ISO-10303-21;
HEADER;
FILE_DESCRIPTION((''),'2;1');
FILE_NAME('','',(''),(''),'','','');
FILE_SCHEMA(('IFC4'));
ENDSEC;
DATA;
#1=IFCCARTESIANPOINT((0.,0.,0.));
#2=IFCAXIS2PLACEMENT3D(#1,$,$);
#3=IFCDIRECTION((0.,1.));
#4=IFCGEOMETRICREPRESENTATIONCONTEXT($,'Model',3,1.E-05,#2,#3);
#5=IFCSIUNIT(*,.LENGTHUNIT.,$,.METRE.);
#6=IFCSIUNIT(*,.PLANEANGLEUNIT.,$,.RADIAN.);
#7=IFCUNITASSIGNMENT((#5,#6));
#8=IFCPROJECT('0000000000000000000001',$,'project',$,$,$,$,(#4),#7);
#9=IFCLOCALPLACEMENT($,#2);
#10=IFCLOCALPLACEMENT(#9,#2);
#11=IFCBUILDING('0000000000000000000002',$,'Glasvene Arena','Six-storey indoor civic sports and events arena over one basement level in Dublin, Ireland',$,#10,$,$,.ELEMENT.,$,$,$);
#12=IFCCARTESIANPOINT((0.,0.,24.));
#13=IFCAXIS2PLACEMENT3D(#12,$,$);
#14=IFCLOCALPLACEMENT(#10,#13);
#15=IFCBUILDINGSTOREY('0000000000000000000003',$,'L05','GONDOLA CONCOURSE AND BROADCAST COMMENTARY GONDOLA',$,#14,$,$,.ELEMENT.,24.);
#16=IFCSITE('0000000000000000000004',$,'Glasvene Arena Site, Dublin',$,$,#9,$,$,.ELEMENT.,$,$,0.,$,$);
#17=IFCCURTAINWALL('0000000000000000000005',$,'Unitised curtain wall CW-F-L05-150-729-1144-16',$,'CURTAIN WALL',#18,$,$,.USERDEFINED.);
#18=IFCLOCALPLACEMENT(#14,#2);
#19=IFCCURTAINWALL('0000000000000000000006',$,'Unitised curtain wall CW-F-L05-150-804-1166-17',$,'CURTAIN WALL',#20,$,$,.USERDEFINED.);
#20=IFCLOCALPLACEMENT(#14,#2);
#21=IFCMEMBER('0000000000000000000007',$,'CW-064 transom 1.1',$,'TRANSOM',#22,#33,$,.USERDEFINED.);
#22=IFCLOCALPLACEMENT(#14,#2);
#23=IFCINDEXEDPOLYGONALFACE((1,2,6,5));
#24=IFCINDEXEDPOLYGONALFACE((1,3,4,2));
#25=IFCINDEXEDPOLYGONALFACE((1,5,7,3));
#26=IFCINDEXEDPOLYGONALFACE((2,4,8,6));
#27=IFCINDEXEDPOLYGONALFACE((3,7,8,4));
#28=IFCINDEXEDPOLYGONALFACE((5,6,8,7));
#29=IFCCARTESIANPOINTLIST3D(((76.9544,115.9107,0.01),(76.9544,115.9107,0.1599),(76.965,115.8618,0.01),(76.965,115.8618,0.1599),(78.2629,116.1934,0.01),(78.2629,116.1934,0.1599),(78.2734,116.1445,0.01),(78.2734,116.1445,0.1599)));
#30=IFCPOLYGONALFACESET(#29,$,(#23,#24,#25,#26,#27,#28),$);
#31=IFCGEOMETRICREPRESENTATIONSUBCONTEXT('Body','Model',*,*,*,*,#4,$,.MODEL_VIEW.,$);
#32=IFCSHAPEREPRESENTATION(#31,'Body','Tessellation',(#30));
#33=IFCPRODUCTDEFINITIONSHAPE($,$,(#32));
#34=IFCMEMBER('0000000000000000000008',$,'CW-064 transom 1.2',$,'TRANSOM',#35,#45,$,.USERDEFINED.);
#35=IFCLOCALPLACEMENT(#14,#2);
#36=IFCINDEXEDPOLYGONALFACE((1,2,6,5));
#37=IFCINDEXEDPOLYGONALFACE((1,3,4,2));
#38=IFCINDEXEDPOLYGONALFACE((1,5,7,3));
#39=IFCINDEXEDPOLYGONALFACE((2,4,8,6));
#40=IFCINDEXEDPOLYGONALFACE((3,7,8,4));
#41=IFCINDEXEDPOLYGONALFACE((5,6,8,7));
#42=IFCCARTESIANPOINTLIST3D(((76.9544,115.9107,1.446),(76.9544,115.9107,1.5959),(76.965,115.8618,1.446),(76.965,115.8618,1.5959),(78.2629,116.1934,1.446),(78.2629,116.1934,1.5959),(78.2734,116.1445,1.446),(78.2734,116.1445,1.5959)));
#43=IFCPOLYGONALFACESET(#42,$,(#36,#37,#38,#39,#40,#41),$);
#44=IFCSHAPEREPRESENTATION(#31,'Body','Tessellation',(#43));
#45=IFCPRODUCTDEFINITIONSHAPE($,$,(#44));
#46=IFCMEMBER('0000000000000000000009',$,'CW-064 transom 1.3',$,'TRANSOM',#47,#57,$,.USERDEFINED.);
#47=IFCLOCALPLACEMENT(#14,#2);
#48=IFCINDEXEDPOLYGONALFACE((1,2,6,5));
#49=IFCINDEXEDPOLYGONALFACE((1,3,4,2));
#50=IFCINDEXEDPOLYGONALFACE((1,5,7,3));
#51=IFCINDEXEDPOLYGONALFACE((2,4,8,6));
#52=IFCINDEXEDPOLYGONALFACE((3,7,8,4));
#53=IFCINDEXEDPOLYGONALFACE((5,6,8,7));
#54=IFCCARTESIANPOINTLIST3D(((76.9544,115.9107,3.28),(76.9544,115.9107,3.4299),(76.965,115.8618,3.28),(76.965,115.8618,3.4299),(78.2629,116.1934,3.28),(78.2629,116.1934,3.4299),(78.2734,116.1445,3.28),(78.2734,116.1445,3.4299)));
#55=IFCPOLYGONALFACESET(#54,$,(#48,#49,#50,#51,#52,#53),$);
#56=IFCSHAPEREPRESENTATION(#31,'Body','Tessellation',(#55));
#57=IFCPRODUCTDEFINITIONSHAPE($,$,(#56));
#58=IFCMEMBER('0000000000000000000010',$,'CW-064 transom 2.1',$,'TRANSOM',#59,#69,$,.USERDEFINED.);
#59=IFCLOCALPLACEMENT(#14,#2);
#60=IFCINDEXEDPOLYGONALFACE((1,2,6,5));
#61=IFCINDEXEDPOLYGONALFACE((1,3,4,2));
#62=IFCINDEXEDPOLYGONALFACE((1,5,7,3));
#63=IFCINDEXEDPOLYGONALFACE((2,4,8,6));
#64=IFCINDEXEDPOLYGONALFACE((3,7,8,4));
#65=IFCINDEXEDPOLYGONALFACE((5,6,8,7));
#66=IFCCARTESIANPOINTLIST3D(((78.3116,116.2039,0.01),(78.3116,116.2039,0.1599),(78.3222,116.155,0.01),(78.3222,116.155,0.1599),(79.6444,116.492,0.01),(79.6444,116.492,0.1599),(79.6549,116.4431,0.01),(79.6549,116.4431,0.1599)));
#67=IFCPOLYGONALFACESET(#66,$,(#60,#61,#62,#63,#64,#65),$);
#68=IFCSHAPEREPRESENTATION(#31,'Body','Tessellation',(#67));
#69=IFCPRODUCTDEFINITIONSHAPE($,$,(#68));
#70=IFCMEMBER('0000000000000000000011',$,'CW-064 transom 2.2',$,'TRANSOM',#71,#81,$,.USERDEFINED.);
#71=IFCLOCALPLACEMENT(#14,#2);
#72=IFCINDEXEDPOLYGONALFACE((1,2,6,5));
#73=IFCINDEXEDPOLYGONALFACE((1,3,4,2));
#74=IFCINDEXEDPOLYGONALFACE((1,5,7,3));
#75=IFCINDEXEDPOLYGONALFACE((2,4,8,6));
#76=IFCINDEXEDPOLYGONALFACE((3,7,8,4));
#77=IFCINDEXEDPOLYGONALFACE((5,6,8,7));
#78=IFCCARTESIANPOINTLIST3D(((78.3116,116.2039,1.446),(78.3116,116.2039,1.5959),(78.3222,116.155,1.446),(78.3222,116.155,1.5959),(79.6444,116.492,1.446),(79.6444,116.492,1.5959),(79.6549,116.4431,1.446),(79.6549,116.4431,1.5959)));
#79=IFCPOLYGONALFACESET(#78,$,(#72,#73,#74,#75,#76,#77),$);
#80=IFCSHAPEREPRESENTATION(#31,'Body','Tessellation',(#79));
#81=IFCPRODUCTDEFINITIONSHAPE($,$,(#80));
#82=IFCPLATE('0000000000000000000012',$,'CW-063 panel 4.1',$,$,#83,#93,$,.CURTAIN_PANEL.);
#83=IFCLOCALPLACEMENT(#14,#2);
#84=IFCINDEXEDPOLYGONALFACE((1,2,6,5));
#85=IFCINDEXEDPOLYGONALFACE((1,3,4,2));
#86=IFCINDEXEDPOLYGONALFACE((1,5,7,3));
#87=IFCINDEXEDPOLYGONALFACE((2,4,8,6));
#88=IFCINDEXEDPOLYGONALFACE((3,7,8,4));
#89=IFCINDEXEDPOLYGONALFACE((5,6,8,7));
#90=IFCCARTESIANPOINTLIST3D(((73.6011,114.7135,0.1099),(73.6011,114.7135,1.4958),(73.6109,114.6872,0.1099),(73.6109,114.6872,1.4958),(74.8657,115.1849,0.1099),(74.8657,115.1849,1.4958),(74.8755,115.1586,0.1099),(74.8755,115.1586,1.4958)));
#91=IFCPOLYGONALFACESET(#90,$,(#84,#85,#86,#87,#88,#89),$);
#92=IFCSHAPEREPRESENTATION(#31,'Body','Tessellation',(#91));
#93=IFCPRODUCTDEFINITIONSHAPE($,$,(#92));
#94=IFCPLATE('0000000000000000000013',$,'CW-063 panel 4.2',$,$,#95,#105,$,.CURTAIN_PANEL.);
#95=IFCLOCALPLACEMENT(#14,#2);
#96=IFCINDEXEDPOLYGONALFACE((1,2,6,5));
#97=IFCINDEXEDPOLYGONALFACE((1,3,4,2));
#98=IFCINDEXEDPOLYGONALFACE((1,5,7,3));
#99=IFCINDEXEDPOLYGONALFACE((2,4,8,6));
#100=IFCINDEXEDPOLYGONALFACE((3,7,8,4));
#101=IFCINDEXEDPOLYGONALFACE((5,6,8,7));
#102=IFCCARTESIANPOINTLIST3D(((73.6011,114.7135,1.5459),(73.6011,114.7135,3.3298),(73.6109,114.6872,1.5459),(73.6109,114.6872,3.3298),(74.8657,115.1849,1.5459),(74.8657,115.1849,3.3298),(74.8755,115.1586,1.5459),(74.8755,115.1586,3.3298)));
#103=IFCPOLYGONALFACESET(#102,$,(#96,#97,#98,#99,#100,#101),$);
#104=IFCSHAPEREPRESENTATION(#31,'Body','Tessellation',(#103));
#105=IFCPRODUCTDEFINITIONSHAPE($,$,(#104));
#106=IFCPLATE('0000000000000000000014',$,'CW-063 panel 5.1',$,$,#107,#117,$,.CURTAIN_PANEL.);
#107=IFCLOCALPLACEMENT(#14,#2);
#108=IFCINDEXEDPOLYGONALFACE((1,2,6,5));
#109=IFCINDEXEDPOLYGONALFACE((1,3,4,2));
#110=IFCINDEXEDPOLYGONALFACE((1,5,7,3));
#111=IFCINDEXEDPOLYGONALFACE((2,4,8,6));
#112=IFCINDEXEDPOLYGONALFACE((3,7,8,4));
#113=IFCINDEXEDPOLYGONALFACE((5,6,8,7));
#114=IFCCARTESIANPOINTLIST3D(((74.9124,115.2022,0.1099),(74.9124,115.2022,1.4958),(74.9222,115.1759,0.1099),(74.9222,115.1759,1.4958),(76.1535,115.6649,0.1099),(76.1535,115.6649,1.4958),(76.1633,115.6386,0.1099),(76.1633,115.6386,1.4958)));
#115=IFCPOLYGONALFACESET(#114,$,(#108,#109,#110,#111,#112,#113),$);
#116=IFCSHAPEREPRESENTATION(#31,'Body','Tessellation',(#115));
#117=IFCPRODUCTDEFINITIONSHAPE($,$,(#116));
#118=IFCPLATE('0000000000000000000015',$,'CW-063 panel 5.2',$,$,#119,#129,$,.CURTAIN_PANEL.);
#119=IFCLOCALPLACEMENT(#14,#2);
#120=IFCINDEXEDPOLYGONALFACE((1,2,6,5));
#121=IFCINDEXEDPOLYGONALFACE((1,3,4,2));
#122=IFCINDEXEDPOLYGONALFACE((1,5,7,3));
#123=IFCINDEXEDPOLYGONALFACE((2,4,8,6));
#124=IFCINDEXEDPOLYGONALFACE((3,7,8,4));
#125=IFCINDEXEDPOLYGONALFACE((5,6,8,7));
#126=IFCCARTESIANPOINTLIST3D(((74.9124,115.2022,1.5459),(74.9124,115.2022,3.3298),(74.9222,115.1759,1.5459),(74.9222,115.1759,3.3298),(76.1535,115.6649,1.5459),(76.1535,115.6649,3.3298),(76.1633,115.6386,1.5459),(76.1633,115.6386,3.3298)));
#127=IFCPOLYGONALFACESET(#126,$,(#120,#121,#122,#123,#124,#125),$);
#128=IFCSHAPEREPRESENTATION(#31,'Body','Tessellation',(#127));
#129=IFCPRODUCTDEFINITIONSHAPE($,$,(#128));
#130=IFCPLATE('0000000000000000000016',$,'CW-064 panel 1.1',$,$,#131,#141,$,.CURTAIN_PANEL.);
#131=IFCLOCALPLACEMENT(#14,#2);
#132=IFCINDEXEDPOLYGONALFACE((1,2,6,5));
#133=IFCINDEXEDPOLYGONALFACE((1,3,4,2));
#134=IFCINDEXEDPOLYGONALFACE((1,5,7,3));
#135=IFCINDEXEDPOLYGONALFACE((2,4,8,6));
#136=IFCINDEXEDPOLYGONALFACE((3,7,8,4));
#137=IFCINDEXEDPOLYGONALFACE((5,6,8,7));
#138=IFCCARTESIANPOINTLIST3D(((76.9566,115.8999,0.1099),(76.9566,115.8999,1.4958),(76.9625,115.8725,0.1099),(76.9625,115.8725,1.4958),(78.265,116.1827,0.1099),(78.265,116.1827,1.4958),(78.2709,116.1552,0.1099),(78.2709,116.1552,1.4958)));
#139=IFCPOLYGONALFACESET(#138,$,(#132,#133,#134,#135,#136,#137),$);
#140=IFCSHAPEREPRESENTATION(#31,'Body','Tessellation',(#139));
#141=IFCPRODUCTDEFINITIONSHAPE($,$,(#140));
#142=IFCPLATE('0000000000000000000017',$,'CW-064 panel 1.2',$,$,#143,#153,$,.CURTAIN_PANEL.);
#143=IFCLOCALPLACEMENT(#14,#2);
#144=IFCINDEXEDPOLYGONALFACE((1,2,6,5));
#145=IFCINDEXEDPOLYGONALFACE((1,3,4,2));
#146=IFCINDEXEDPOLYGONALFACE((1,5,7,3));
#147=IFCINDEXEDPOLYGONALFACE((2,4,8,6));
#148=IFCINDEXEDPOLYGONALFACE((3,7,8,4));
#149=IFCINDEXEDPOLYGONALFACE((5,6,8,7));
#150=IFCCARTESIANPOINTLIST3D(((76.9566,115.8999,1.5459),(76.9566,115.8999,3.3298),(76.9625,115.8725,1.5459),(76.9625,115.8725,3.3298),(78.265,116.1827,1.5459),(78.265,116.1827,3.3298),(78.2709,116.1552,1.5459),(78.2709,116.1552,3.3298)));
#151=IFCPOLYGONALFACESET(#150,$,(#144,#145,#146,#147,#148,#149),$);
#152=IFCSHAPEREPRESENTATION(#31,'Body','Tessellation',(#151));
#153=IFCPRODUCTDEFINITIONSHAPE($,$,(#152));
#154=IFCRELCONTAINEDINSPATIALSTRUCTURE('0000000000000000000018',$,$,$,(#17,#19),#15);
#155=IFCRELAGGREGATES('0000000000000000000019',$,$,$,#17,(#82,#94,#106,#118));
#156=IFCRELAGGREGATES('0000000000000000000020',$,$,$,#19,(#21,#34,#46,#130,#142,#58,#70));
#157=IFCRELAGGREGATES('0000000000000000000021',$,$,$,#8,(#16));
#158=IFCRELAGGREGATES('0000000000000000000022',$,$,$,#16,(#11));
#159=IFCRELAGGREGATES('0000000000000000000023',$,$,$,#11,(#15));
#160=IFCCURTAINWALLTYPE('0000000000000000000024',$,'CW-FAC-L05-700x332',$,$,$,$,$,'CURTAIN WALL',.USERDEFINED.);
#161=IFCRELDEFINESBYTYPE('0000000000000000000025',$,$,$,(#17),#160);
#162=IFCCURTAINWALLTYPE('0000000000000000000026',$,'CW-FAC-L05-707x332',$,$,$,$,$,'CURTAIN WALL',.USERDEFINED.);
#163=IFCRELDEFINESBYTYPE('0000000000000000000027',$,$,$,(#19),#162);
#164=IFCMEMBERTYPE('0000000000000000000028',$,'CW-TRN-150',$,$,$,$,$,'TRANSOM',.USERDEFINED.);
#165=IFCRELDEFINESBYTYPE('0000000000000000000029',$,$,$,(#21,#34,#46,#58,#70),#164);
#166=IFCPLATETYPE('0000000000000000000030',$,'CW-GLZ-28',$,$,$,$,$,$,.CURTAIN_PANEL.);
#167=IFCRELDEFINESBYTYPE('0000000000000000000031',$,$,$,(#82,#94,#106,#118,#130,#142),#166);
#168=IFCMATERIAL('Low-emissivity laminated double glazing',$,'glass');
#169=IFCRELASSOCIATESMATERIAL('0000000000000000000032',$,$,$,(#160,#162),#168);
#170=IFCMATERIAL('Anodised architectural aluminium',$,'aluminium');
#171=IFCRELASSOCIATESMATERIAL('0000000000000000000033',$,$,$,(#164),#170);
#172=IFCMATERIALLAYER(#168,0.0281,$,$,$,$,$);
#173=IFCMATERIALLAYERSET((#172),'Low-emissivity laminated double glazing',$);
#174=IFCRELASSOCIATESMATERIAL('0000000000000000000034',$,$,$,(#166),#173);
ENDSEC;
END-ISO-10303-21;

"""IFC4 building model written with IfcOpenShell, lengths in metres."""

from ifc_helpers import new_model, si_unit, direction, frame, origin, origin_2d, place, context, subcontext, project, spatial, rectangle, extrude, material, layer, layer_set, material_profile, profile_set, type_object, element, aggregate, save


model = new_model("IFC4")

# Units and contexts
model_context = context("Model", 3, precision=1e-05, world=origin(), true_north=direction((0.0, 1.0)))
body_context = subcontext(model_context, "Body", "Model", "MODEL_VIEW")
ifc_project = project(units=[si_unit("LENGTHUNIT", "METRE"), si_unit("PLANEANGLEUNIT", "RADIAN")], contexts=[model_context])

# Site, building, storey
site_placement = place(None, origin())
site = spatial("IfcSite", under=ifc_project, at=site_placement, Name="Glasvene Arena Site, Dublin", CompositionType="ELEMENT", RefElevation=0.0)
building_placement = place(site_placement, origin())
building = spatial("IfcBuilding", under=site, at=building_placement, Name="Glasvene Arena", Description="Six-storey indoor civic sports and events arena over one basement level in Dublin, Ireland", CompositionType="ELEMENT")
storey_placement = place(building_placement, frame((0.0, 0.0, 24.0)))
storey = spatial("IfcBuildingStorey", under=building, at=storey_placement, Name="L05", Description="GONDOLA CONCOURSE AND BROADCAST COMMENTARY GONDOLA", CompositionType="ELEMENT", Elevation=24.0)

# Curtain walls
ifc_material_1 = material(Name="Low-emissivity laminated double glazing", Category="glass")
curtain_wall_type_1 = type_object("IfcCurtainWallType", Name="CW-FAC-L05-700x332", ElementType="CURTAIN WALL", PredefinedType="USERDEFINED", material=ifc_material_1)
curtain_wall_1_placement = place(storey_placement, frame((69.6482, 113.2251, 0.0)))
curtain_wall_1 = element("IfcCurtainWall", 1, at=curtain_wall_1_placement, inside=storey, type_object=curtain_wall_type_1, Name="Unitised curtain wall CW-F-L05-150-729-1144-16", ObjectType="CURTAIN WALL", PredefinedType="USERDEFINED")
ifc_material_2 = material(Name="Anodised architectural aluminium", Category="aluminium")
curtain_wall_type_2 = type_object("IfcCurtainWallType", Name="CW-FAC-L05-707x332", ElementType="CURTAIN WALL", PredefinedType="USERDEFINED", material=ifc_material_1)
curtain_wall_2_placement = place(storey_placement, frame((76.9109, 115.8755, 0.0)))
curtain_wall_2 = element("IfcCurtainWall", 2, at=curtain_wall_2_placement, inside=storey, type_object=curtain_wall_type_2, Name="Unitised curtain wall CW-F-L05-150-804-1166-17", ObjectType="CURTAIN WALL", PredefinedType="USERDEFINED")

# Members
ifc_material_profile_1 = material_profile(ifc_material_2, rectangle(XDim=0.05, YDim=0.1499, at=origin_2d()), Name="ALU TRANSOM 50x150")
ifc_profile_set_1 = profile_set([ifc_material_profile_1], Name="Anodised architectural aluminium")
member_type_1 = type_object("IfcMemberType", Name="CW-TRN-150", ElementType="TRANSOM", PredefinedType="USERDEFINED", material=ifc_profile_set_1)
member_1_placement = place(storey_placement, frame((76.9597, 115.8862, 0.085), z_axis=(0.977441, 0.21121, 0.0), x_axis=(-0.21121, 0.977441, 0.0)))
member_1 = element("IfcMember", 3, at=member_1_placement, type_object=member_type_1, Name="CW-064 transom 1.1", ObjectType="TRANSOM", PredefinedType="USERDEFINED", context=body_context, shape_type="SweptSolid", body=[
    extrude(rectangle(XDim=0.05, YDim=0.1499, at=origin_2d()), origin(), (0.0, 0.0, 1.0), 1.3386),
])
member_2_placement = place(storey_placement, frame((76.9597, 115.8862, 1.521), z_axis=(0.977441, 0.21121, 0.0), x_axis=(-0.21121, 0.977441, 0.0)))
member_2 = element("IfcMember", 4, at=member_2_placement, type_object=member_type_1, Name="CW-064 transom 1.2", ObjectType="TRANSOM", PredefinedType="USERDEFINED", context=body_context, shape_type="SweptSolid", body=[
    extrude(rectangle(XDim=0.05, YDim=0.1499, at=origin_2d()), origin(), (0.0, 0.0, 1.0), 1.3386),
])
member_3_placement = place(storey_placement, frame((76.9597, 115.8862, 3.355), z_axis=(0.977441, 0.21121, 0.0), x_axis=(-0.21121, 0.977441, 0.0)))
member_3 = element("IfcMember", 5, at=member_3_placement, type_object=member_type_1, Name="CW-064 transom 1.3", ObjectType="TRANSOM", PredefinedType="USERDEFINED", context=body_context, shape_type="SweptSolid", body=[
    extrude(rectangle(XDim=0.05, YDim=0.1499, at=origin_2d()), origin(), (0.0, 0.0, 1.0), 1.3386),
])
member_4_placement = place(storey_placement, frame((78.3169, 116.1794, 0.085), z_axis=(0.977426, 0.211277, 0.0), x_axis=(-0.211277, 0.977426, 0.0)))
member_4 = element("IfcMember", 6, at=member_4_placement, type_object=member_type_1, Name="CW-064 transom 2.1", ObjectType="TRANSOM", PredefinedType="USERDEFINED", context=body_context, shape_type="SweptSolid", body=[
    extrude(rectangle(XDim=0.05, YDim=0.1499, at=origin_2d()), origin(), (0.0, 0.0, 1.0), 1.3635),
])
member_5_placement = place(storey_placement, frame((78.3169, 116.1794, 1.521), z_axis=(0.977426, 0.211277, 0.0), x_axis=(-0.211277, 0.977426, 0.0)))
member_5 = element("IfcMember", 7, at=member_5_placement, type_object=member_type_1, Name="CW-064 transom 2.2", ObjectType="TRANSOM", PredefinedType="USERDEFINED", context=body_context, shape_type="SweptSolid", body=[
    extrude(rectangle(XDim=0.05, YDim=0.1499, at=origin_2d()), origin(), (0.0, 0.0, 1.0), 1.3635),
])

# Plates
ifc_layer = layer(ifc_material_1, 0.0281)
ifc_layer_set = layer_set([ifc_layer], Name="Low-emissivity laminated double glazing")
plate_type = type_object("IfcPlateType", Name="CW-GLZ-28", PredefinedType="CURTAIN_PANEL", material=ifc_layer_set)
plate_1_placement = place(storey_placement, frame((74.2383, 114.936, 0.1099), z_axis=(0.0, 0.0, 1.0), x_axis=(0.937012, 0.349297, 0.0)))
plate_1 = element("IfcPlate", 8, at=plate_1_placement, type_object=plate_type, Name="CW-063 panel 4.1", PredefinedType="CURTAIN_PANEL", context=body_context, shape_type="SweptSolid", body=[
    extrude(rectangle(XDim=1.3496, YDim=0.0281, at=origin_2d()), origin(), (0.0, 0.0, 1.0), 1.386),
])
plate_2_placement = place(storey_placement, frame((74.2383, 114.936, 1.5459), z_axis=(0.0, 0.0, 1.0), x_axis=(0.937012, 0.349297, 0.0)))
plate_2 = element("IfcPlate", 9, at=plate_2_placement, type_object=plate_type, Name="CW-063 panel 4.2", PredefinedType="CURTAIN_PANEL", context=body_context, shape_type="SweptSolid", body=[
    extrude(rectangle(XDim=1.3496, YDim=0.0281, at=origin_2d()), origin(), (0.0, 0.0, 1.0), 1.7839),
])
plate_3_placement = place(storey_placement, frame((75.5378, 115.4204, 0.1099), z_axis=(0.0, 0.0, 1.0), x_axis=(0.937012, 0.349297, 0.0)))
plate_3 = element("IfcPlate", 10, at=plate_3_placement, type_object=plate_type, Name="CW-063 panel 5.1", PredefinedType="CURTAIN_PANEL", context=body_context, shape_type="SweptSolid", body=[
    extrude(rectangle(XDim=1.3245, YDim=0.0281, at=origin_2d()), origin(), (0.0, 0.0, 1.0), 1.386),
])
plate_4_placement = place(storey_placement, frame((75.5378, 115.4204, 1.5459), z_axis=(0.0, 0.0, 1.0), x_axis=(0.937012, 0.349297, 0.0)))
plate_4 = element("IfcPlate", 11, at=plate_4_placement, type_object=plate_type, Name="CW-063 panel 5.2", PredefinedType="CURTAIN_PANEL", context=body_context, shape_type="SweptSolid", body=[
    extrude(rectangle(XDim=1.3245, YDim=0.0281, at=origin_2d()), origin(), (0.0, 0.0, 1.0), 1.7839),
])
aggregate(curtain_wall_1, [plate_1, plate_2, plate_3, plate_4])
plate_5_placement = place(storey_placement, frame((77.6138, 116.0276, 0.1099), z_axis=(0.0, 0.0, 1.0), x_axis=(0.977438, 0.211221, 0.0)))
plate_5 = element("IfcPlate", 12, at=plate_5_placement, type_object=plate_type, Name="CW-064 panel 1.1", PredefinedType="CURTAIN_PANEL", context=body_context, shape_type="SweptSolid", body=[
    extrude(rectangle(XDim=1.3386, YDim=0.0281, at=origin_2d()), origin(), (0.0, 0.0, 1.0), 1.386),
])
plate_6_placement = place(storey_placement, frame((77.6138, 116.0276, 1.5459), z_axis=(0.0, 0.0, 1.0), x_axis=(0.977438, 0.211221, 0.0)))
plate_6 = element("IfcPlate", 13, at=plate_6_placement, type_object=plate_type, Name="CW-064 panel 1.2", PredefinedType="CURTAIN_PANEL", context=body_context, shape_type="SweptSolid", body=[
    extrude(rectangle(XDim=1.3386, YDim=0.0281, at=origin_2d()), origin(), (0.0, 0.0, 1.0), 1.7839),
])
aggregate(curtain_wall_2, [member_1, member_2, member_3, plate_5, plate_6, member_4, member_5])

save(model, "model.ifc")
